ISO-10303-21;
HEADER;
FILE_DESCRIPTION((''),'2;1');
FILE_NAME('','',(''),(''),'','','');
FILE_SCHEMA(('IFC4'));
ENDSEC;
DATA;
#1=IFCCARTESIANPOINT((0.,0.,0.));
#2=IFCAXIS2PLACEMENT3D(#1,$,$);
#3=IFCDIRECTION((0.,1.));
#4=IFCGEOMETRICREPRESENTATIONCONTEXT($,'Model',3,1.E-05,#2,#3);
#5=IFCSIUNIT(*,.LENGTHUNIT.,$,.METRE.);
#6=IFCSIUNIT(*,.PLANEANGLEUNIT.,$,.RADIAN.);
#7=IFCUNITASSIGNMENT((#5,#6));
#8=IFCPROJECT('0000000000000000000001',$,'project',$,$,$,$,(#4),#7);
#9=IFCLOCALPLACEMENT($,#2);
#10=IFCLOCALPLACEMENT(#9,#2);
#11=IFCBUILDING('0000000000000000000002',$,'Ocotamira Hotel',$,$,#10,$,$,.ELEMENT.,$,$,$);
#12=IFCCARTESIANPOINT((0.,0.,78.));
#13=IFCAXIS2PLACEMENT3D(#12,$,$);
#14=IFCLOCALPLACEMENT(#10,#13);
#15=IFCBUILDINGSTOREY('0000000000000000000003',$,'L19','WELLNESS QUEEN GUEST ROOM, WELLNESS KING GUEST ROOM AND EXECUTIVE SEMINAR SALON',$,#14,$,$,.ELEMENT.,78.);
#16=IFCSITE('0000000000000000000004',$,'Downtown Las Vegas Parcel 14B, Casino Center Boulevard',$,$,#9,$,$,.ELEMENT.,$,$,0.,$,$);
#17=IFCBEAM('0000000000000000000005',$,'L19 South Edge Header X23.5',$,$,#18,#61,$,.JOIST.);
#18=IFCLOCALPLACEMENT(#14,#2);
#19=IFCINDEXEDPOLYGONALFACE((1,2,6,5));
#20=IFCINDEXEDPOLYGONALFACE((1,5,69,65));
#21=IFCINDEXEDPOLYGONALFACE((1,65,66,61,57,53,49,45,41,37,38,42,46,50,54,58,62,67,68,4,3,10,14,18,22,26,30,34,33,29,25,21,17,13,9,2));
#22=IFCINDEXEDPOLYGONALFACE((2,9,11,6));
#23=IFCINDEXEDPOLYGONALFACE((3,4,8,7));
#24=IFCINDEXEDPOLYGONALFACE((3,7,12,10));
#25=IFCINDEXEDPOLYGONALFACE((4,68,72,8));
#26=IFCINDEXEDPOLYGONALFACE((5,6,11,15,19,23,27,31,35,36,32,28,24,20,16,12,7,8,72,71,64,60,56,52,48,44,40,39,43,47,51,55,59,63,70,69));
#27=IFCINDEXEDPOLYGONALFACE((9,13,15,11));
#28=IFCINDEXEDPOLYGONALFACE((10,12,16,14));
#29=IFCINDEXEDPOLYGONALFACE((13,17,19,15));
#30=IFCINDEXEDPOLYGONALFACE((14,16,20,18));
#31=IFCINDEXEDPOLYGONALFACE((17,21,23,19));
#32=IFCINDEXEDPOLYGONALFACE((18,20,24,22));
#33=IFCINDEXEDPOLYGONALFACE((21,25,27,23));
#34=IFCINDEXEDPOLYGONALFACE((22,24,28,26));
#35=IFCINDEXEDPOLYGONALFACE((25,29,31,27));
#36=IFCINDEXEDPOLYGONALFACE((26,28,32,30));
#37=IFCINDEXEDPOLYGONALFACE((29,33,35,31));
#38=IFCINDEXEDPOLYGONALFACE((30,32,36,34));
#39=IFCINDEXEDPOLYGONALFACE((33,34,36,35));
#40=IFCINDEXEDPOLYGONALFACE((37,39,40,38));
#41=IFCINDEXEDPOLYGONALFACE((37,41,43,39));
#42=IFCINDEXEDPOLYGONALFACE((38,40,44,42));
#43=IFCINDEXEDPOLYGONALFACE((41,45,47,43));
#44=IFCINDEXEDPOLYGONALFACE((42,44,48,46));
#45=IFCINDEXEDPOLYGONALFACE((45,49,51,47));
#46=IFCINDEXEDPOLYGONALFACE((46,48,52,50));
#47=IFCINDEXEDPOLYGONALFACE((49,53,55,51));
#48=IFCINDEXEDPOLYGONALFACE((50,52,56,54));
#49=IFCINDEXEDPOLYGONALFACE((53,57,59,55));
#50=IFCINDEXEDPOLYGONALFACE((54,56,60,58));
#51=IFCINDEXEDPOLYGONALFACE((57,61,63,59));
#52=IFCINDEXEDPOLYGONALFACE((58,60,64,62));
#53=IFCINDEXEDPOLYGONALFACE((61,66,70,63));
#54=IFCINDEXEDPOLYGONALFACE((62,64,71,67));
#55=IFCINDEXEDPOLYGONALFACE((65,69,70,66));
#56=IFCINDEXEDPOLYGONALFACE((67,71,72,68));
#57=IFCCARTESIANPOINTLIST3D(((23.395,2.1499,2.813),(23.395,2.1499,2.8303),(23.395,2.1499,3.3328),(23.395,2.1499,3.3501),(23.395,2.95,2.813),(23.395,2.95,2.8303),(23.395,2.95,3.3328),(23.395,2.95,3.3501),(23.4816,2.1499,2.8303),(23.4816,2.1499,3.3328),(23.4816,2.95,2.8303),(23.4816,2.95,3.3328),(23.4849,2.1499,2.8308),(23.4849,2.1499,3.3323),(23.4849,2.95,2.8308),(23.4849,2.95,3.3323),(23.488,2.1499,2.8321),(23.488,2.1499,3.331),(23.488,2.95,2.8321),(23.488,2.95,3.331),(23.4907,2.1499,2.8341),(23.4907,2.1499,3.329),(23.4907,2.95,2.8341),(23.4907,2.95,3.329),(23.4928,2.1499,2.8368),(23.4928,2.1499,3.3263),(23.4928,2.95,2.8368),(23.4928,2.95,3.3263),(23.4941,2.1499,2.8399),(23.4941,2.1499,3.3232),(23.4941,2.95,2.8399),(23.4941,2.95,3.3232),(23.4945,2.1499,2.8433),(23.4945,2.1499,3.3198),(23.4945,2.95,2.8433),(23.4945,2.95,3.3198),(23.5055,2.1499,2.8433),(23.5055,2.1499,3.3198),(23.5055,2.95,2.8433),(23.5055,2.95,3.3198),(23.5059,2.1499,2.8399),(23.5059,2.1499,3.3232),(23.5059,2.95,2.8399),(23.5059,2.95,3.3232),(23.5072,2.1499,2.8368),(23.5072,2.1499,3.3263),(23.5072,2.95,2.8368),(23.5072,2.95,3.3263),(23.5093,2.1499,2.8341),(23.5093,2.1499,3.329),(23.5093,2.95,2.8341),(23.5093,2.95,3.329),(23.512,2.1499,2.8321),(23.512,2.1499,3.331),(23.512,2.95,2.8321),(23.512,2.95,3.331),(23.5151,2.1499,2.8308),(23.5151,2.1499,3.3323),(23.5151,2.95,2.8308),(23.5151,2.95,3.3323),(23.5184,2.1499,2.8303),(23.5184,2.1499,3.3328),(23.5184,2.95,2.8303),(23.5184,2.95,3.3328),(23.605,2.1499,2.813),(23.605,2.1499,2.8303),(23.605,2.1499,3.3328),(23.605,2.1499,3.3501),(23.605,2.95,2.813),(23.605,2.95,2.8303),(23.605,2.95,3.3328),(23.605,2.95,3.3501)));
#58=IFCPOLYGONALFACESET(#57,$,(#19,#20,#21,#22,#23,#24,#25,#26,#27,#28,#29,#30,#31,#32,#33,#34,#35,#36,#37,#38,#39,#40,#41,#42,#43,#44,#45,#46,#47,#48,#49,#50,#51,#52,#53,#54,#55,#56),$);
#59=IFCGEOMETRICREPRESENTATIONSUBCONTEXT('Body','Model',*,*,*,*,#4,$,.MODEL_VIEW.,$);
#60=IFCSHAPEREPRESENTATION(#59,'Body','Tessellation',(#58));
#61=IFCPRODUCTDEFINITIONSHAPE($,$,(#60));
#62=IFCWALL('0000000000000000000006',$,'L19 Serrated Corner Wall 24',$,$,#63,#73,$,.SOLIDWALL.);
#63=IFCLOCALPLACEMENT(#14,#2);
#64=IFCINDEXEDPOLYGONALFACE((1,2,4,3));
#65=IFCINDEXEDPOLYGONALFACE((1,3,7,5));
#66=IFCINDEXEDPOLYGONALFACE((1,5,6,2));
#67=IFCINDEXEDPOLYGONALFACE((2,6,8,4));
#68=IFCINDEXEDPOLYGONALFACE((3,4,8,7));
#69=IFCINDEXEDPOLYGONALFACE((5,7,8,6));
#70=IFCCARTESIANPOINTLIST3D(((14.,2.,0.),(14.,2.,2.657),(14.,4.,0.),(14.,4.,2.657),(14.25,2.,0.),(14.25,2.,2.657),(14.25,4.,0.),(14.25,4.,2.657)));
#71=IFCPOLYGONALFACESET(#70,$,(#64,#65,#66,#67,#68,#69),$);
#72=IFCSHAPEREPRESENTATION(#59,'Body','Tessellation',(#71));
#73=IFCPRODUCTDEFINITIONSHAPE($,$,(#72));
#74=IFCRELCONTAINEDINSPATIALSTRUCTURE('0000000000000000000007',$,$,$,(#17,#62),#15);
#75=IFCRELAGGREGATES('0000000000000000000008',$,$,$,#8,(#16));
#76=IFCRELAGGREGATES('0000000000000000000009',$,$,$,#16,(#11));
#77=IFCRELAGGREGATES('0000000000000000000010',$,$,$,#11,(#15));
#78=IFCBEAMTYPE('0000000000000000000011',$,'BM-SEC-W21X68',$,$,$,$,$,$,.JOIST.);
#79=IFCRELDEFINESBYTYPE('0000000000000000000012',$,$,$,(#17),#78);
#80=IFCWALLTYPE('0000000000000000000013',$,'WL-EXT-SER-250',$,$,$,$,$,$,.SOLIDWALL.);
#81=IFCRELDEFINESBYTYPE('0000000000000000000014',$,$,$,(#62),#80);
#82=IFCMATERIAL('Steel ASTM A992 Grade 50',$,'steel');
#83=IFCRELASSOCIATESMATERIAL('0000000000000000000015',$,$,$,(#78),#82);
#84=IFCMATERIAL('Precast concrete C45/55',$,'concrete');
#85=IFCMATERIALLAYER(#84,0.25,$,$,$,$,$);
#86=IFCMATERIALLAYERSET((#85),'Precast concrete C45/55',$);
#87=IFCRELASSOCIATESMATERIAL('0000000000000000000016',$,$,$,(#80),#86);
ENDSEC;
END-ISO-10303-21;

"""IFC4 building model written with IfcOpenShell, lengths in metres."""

from ifc_helpers import new_model, si_unit, direction, frame, frame_2d, origin, origin_2d, place, context, subcontext, project, spatial, rectangle, i_section, extrude, source, transform, mapped, material, layer, layer_set, material_profile, profile_set, type_object, element, save


model = new_model("IFC4")

# Units and contexts
model_context = context("Model", 3, precision=1e-05, world=origin(), true_north=direction((0.0, 1.0)))
body_context = subcontext(model_context, "Body", "Model", "MODEL_VIEW")
ifc_project = project(units=[si_unit("LENGTHUNIT", "METRE"), si_unit("PLANEANGLEUNIT", "RADIAN")], contexts=[model_context])

# Site, building, storey
site_placement = place(None, origin())
site = spatial("IfcSite", under=ifc_project, at=site_placement, Name="Downtown Las Vegas Parcel 14B, Casino Center Boulevard", CompositionType="ELEMENT", RefElevation=0.0)
building_placement = place(site_placement, origin())
building = spatial("IfcBuilding", under=site, at=building_placement, Name="Ocotamira Hotel", CompositionType="ELEMENT")
storey_placement = place(building_placement, frame((0.0, 0.0, 78.0)))
storey = spatial("IfcBuildingStorey", under=building, at=storey_placement, Name="L19", Description="WELLNESS QUEEN GUEST ROOM, WELLNESS KING GUEST ROOM AND EXECUTIVE SEMINAR SALON", CompositionType="ELEMENT", Elevation=78.0)

# Beam
ifc_material_1 = material(Name="Steel ASTM A992 Grade 50", Category="steel")
ifc_material_profile_1 = material_profile(ifc_material_1, i_section(OverallWidth=0.21, OverallDepth=0.5371, WebThickness=0.011, FlangeThickness=0.0173, FilletRadius=0.0129, at=origin_2d()), Name="W21X68")
ifc_profile_set_1 = profile_set([ifc_material_profile_1], Name="Steel ASTM A992 Grade 50")
beam_type_1 = type_object("IfcBeamType", Name="BM-SEC-W21X68", PredefinedType="JOIST", material=ifc_profile_set_1)
shared_shape_1 = source(origin(), body_context, "Body", "SweptSolid", [
    extrude(i_section(OverallWidth=0.21, OverallDepth=0.5371, WebThickness=0.011, FlangeThickness=0.0173, FilletRadius=0.0129, at=origin_2d()), origin(), (0.0, 0.0, 1.0), 0.8),
])
for number, where, z_axis, x_axis, name in (
    (1, (23.5, 2.95, 3.0815), (0.0, -1.0, 0.0), (1.0, 0.0, 0.0), "L19 South Edge Header X23.5"),
):
    element("IfcBeam", number, at=place(storey_placement, frame(where, z_axis=z_axis, x_axis=x_axis)), inside=storey, type_object=beam_type_1, Name=name, PredefinedType="JOIST", context=body_context, shape_type="MappedRepresentation", body=[
        mapped(shared_shape_1, transform((0.0, 0.0, 0.0), scale=1.0)),
    ])

# Wall
ifc_material_2 = material(Name="Precast concrete C45/55", Category="concrete")
ifc_layer_1 = layer(ifc_material_2, 0.25)
ifc_layer_set_1 = layer_set([ifc_layer_1], Name="Precast concrete C45/55")
wall_type_1 = type_object("IfcWallType", Name="WL-EXT-SER-250", PredefinedType="SOLIDWALL", material=ifc_layer_set_1)
wall_1_placement = place(storey_placement, frame((14.125, 4.0, 0.0), z_axis=(0.0, 0.0, 1.0), x_axis=(0.0, -1.0, 0.0)))
element("IfcWall", 2, at=wall_1_placement, inside=storey, type_object=wall_type_1, Name="L19 Serrated Corner Wall 24", PredefinedType="SOLIDWALL", context=body_context, shape_type="SweptSolid", body=[
    extrude(rectangle(XDim=2.0, YDim=0.25, at=frame_2d((1.0, 0.0))), origin(), (0.0, 0.0, 1.0), 2.657),
])

save(model, "model.ifc")
